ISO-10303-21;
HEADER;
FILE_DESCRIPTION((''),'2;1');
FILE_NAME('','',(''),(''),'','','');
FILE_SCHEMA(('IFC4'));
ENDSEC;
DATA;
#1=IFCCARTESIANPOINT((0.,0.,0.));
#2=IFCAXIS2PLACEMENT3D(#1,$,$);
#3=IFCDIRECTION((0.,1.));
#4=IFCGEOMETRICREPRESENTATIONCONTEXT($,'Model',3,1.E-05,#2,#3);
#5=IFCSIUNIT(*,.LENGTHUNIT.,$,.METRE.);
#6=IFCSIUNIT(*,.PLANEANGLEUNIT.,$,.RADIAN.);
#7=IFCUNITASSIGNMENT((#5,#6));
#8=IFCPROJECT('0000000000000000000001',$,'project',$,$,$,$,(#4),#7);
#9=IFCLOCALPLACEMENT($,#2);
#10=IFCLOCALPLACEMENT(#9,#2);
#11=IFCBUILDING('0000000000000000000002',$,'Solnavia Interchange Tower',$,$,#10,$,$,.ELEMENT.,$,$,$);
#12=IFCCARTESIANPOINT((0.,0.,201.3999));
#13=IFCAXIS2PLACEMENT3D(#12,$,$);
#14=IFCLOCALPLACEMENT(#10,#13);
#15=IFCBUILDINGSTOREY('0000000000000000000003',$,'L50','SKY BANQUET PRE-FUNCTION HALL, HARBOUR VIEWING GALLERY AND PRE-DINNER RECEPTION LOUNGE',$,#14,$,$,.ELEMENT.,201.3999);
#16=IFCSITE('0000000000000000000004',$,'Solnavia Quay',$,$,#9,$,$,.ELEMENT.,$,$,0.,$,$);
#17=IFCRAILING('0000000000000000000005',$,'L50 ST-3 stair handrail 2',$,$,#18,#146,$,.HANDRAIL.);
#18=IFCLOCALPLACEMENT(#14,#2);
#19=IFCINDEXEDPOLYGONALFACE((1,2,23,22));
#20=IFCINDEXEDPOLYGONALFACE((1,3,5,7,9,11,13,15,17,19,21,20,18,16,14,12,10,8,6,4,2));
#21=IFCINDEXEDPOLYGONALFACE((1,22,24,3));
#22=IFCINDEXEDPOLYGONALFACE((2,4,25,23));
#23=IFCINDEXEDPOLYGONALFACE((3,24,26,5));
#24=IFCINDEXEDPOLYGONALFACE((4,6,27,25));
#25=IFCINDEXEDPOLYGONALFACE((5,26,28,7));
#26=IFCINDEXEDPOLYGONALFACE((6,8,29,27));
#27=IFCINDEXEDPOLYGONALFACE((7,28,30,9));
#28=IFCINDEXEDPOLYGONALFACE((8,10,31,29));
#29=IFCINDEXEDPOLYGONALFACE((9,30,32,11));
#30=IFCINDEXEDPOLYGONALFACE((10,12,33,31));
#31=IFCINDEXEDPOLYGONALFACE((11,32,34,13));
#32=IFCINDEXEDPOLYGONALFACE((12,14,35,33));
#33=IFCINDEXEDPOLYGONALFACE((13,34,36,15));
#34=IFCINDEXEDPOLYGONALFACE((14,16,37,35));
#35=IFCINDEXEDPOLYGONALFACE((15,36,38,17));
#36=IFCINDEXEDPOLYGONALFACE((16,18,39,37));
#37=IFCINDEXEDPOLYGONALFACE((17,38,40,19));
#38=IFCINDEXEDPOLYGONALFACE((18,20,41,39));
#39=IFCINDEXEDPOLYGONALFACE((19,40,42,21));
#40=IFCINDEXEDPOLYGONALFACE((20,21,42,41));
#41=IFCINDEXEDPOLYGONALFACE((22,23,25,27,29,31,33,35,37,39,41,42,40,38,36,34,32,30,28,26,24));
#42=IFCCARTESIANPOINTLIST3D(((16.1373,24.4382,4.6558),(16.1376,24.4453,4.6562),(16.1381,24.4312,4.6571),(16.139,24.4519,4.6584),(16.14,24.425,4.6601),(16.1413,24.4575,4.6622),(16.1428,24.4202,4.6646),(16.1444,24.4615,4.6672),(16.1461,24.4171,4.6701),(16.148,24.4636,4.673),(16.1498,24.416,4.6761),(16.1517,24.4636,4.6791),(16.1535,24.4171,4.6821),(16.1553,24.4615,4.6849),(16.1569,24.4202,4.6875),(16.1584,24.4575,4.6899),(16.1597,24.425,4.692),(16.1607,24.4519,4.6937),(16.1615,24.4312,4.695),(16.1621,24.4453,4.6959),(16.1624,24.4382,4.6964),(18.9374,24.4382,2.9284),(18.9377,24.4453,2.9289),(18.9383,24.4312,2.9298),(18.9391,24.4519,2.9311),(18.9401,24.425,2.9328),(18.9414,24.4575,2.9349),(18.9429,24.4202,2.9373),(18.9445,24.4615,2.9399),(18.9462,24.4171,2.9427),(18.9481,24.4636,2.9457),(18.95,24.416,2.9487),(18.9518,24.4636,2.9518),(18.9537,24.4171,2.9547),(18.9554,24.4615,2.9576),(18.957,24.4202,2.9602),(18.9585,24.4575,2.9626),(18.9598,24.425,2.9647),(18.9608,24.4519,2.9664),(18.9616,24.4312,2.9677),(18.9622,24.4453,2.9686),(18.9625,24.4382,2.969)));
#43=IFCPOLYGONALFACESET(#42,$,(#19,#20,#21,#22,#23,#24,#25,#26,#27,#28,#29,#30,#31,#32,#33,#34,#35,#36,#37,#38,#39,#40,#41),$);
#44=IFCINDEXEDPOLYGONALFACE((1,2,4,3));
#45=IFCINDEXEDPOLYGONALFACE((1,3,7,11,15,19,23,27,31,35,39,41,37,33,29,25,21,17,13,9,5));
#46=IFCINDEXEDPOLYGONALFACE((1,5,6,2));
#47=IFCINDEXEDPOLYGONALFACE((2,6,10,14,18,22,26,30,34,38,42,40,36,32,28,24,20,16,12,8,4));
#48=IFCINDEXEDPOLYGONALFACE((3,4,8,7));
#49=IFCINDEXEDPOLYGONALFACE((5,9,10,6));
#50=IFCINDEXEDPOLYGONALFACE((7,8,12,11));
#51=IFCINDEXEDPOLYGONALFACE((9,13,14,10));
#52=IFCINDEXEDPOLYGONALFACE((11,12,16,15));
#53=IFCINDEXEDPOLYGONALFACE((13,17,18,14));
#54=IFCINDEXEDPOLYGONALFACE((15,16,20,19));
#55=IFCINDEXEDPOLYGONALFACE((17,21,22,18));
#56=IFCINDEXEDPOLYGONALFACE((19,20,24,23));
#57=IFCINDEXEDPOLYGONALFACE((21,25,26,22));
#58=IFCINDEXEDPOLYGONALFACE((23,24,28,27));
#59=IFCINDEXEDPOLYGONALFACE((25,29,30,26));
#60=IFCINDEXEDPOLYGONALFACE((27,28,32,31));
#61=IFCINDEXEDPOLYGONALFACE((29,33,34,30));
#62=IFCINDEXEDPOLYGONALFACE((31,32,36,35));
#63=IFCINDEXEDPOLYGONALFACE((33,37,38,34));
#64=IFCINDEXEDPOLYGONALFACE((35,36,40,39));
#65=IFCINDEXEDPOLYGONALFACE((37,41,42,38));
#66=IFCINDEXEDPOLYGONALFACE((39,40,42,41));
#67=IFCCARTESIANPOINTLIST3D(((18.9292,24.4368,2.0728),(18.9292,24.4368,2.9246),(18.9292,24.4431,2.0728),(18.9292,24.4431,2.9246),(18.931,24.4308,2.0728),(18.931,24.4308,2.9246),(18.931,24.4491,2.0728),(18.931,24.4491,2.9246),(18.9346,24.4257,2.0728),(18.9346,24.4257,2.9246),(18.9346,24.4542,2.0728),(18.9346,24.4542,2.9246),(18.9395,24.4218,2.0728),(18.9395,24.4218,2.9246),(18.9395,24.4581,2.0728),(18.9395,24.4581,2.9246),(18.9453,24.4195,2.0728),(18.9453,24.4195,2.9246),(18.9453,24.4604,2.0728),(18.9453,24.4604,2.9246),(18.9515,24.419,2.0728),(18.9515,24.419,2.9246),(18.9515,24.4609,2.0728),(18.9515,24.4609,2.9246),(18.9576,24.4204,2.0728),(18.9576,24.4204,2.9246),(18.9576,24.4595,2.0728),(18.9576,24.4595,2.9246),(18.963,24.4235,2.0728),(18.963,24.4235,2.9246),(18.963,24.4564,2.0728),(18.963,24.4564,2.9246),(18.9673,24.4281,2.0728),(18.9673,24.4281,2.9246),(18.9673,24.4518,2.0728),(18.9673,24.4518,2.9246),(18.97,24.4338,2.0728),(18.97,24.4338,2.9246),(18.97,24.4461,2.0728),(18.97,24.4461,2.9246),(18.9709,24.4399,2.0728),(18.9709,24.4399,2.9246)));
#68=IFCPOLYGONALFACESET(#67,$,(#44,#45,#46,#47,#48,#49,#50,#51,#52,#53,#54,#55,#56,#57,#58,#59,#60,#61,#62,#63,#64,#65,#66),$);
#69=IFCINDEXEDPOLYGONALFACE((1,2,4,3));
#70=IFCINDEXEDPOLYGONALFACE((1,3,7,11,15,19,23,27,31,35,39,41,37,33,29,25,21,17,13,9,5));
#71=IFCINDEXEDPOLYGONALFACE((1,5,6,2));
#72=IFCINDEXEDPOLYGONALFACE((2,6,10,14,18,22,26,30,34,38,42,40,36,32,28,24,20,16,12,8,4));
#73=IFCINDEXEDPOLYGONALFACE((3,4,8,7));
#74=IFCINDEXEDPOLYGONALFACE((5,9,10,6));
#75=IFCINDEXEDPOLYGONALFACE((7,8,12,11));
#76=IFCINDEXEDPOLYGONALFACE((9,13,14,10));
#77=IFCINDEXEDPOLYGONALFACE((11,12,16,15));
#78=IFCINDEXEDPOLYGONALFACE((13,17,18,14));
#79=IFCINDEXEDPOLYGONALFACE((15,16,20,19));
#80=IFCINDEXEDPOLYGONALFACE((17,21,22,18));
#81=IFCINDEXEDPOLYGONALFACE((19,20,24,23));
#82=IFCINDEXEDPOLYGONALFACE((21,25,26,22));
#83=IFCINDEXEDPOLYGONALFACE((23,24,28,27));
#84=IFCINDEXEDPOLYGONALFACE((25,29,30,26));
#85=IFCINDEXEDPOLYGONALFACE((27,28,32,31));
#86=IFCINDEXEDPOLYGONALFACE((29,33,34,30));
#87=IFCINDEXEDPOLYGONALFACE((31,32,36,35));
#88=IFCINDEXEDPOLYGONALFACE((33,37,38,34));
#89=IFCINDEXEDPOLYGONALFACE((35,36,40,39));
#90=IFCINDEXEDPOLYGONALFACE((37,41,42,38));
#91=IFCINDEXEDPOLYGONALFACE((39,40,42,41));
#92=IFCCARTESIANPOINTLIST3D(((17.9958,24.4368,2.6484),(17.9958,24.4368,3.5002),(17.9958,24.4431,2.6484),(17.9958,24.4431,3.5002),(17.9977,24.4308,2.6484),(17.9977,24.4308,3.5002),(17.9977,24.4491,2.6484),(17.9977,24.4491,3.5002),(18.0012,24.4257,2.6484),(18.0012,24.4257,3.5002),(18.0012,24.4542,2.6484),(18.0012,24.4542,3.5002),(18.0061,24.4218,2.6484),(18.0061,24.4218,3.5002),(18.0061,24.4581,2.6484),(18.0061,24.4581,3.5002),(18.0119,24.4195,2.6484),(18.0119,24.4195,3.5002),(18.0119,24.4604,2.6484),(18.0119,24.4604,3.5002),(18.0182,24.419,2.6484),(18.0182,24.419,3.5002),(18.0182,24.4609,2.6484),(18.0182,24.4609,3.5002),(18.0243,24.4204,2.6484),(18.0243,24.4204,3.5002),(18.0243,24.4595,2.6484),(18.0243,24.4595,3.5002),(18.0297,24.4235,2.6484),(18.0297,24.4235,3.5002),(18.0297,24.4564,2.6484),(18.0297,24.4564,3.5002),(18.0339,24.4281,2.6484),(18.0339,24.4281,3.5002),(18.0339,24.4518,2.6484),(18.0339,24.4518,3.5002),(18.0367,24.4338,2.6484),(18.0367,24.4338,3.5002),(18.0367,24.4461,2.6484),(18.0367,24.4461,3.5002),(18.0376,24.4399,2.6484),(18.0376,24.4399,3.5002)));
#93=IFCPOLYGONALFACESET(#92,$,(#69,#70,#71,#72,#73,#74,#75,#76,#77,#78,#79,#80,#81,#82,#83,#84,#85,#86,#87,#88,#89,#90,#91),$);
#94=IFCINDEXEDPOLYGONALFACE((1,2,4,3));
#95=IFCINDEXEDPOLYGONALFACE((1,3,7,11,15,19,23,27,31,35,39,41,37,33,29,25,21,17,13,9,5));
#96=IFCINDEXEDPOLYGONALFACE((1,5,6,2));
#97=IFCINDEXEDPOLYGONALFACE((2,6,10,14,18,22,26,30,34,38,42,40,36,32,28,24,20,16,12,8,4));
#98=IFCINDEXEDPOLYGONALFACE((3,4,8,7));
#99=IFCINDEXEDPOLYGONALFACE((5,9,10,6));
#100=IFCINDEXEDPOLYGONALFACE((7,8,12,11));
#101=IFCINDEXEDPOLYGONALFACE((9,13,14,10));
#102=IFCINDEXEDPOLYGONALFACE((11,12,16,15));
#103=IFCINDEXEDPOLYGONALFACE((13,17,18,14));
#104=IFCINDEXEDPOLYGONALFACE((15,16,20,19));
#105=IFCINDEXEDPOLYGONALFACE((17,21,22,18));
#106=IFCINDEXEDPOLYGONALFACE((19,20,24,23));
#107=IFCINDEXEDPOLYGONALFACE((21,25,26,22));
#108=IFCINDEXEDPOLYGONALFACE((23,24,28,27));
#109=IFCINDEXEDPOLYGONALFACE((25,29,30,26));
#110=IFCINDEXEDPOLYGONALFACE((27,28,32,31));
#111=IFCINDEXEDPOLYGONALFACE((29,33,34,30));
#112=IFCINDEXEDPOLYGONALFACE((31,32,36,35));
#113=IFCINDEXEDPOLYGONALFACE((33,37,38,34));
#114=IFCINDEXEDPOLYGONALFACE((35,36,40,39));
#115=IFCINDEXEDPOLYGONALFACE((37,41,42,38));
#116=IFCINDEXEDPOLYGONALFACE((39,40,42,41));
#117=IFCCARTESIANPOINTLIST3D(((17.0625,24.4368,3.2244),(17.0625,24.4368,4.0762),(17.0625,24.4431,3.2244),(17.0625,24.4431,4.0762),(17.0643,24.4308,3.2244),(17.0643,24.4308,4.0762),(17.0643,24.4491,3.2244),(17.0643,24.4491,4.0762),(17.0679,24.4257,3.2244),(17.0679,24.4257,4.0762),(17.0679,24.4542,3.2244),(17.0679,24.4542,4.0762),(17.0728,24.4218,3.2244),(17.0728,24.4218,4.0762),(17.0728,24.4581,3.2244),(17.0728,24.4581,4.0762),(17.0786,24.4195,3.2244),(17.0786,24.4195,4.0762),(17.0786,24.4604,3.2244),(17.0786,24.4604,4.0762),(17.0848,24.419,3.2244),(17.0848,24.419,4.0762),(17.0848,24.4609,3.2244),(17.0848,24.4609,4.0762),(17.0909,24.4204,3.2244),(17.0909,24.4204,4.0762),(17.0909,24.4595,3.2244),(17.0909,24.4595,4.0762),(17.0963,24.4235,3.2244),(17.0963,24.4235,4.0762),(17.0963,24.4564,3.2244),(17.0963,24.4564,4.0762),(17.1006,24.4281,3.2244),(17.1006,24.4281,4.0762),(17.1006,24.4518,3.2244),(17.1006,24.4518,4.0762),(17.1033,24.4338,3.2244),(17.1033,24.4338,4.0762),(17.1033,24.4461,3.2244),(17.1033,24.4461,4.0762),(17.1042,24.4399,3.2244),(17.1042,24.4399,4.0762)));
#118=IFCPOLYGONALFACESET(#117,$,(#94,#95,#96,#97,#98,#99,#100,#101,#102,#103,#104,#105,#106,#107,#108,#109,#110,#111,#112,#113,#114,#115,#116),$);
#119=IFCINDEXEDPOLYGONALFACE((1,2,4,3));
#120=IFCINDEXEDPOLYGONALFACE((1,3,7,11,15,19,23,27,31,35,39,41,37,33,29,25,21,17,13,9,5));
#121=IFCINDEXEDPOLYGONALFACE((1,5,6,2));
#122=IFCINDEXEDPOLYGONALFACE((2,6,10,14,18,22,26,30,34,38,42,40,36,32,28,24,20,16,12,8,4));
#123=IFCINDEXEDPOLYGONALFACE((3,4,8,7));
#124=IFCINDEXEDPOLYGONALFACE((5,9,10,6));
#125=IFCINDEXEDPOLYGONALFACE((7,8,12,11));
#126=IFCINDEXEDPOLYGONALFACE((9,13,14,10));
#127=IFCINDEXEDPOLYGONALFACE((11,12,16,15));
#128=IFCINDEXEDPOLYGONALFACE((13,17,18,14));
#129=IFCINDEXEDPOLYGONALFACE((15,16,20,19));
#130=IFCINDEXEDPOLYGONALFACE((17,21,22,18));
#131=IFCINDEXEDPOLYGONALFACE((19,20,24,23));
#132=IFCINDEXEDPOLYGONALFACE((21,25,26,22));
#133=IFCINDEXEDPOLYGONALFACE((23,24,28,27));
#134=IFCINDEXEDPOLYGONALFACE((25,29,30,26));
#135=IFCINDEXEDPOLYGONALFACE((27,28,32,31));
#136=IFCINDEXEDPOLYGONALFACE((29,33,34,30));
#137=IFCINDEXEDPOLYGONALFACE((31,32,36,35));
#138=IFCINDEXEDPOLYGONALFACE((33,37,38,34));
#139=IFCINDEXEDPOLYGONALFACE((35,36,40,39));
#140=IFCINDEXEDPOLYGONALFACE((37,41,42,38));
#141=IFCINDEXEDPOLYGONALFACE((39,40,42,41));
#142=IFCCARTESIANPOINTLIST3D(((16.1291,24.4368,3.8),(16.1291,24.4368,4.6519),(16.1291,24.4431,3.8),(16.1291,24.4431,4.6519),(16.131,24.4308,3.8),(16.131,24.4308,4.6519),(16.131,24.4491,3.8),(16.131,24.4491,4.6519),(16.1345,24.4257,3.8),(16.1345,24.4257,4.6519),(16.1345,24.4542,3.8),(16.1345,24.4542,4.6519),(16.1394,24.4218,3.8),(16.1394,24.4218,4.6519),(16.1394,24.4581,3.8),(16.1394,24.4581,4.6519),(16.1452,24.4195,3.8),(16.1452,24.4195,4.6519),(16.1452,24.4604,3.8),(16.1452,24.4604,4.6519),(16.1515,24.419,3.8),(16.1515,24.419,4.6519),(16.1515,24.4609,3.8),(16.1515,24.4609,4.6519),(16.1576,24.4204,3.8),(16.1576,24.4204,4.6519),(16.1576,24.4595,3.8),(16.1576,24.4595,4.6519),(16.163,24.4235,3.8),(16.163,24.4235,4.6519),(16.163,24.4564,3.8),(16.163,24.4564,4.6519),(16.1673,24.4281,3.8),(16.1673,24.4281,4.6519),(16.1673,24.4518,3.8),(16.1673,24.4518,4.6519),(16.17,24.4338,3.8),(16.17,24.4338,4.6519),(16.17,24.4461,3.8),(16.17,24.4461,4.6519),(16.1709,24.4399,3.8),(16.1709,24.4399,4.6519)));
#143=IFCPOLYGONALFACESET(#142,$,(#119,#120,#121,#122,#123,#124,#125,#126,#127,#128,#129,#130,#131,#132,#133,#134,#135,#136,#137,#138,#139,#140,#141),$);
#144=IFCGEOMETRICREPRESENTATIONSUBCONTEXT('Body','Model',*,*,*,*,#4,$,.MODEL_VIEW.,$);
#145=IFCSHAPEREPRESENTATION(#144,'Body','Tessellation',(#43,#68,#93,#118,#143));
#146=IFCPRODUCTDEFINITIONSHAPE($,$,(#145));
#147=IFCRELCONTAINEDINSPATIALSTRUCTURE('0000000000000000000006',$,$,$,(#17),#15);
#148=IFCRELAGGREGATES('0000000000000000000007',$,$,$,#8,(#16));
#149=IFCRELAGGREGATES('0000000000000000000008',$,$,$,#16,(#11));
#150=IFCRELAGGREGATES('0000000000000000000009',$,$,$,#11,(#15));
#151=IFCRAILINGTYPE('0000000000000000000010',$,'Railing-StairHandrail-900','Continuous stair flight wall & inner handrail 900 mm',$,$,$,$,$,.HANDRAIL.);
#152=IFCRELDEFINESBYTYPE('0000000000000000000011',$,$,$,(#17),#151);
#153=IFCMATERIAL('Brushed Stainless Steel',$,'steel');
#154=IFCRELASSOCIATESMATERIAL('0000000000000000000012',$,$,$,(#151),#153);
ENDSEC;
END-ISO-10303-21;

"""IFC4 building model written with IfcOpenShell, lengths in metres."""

from ifc_helpers import new_model, si_unit, direction, frame, origin, origin_2d, place, context, subcontext, project, spatial, circle, extrude, material, type_object, element, save


model = new_model("IFC4")

# Units and contexts
model_context = context("Model", 3, precision=1e-05, world=origin(), true_north=direction((0.0, 1.0)))
body_context = subcontext(model_context, "Body", "Model", "MODEL_VIEW")
ifc_project = project(units=[si_unit("LENGTHUNIT", "METRE"), si_unit("PLANEANGLEUNIT", "RADIAN")], contexts=[model_context])

# Site, building, storey
site_placement = place(None, origin())
site = spatial("IfcSite", under=ifc_project, at=site_placement, Name="Solnavia Quay", CompositionType="ELEMENT", RefElevation=0.0)
building_placement = place(site_placement, origin())
building = spatial("IfcBuilding", under=site, at=building_placement, Name="Solnavia Interchange Tower", CompositionType="ELEMENT")
storey_placement = place(building_placement, frame((0.0, 0.0, 201.3999)))
storey = spatial("IfcBuildingStorey", under=building, at=storey_placement, Name="L50", Description="SKY BANQUET PRE-FUNCTION HALL, HARBOUR VIEWING GALLERY AND PRE-DINNER RECEPTION LOUNGE", CompositionType="ELEMENT", Elevation=201.3999)

# Railing
ifc_material_1 = material(Name="Brushed Stainless Steel", Category="steel")
railing_type_1 = type_object("IfcRailingType", Name="Railing-StairHandrail-900", Description="Continuous stair flight wall & inner handrail 900 mm", PredefinedType="HANDRAIL", material=ifc_material_1)
railing_1_placement = place(storey_placement, frame((18.95, 24.4399, 2.0728)))
element("IfcRailing", 1, at=railing_1_placement, inside=storey, type_object=railing_type_1, Name="L50 ST-3 stair handrail 2", PredefinedType="HANDRAIL", context=body_context, shape_type="SweptSolid", body=[
    extrude(circle(Radius=0.0239, at=origin_2d()), frame((0.0, 0.0, 0.876), z_axis=(-0.85109, 0.0, 0.52502), x_axis=(0.0, -1.0, 0.0)), (0.0, 0.0, 1.0), 3.29),
    extrude(circle(Radius=0.021, at=origin_2d()), origin(), (0.0, 0.0, 1.0), 0.8518),
    extrude(circle(Radius=0.021, at=origin_2d()), frame((-0.9333, 0.0, 0.5757)), (0.0, 0.0, 1.0), 0.8518),
    extrude(circle(Radius=0.021, at=origin_2d()), frame((-1.8667, 0.0, 1.1516)), (0.0, 0.0, 1.0), 0.8518),
    extrude(circle(Radius=0.021, at=origin_2d()), frame((-2.8, 0.0, 1.7273)), (0.0, 0.0, 1.0), 0.8518),
])

save(model, "model.ifc")
